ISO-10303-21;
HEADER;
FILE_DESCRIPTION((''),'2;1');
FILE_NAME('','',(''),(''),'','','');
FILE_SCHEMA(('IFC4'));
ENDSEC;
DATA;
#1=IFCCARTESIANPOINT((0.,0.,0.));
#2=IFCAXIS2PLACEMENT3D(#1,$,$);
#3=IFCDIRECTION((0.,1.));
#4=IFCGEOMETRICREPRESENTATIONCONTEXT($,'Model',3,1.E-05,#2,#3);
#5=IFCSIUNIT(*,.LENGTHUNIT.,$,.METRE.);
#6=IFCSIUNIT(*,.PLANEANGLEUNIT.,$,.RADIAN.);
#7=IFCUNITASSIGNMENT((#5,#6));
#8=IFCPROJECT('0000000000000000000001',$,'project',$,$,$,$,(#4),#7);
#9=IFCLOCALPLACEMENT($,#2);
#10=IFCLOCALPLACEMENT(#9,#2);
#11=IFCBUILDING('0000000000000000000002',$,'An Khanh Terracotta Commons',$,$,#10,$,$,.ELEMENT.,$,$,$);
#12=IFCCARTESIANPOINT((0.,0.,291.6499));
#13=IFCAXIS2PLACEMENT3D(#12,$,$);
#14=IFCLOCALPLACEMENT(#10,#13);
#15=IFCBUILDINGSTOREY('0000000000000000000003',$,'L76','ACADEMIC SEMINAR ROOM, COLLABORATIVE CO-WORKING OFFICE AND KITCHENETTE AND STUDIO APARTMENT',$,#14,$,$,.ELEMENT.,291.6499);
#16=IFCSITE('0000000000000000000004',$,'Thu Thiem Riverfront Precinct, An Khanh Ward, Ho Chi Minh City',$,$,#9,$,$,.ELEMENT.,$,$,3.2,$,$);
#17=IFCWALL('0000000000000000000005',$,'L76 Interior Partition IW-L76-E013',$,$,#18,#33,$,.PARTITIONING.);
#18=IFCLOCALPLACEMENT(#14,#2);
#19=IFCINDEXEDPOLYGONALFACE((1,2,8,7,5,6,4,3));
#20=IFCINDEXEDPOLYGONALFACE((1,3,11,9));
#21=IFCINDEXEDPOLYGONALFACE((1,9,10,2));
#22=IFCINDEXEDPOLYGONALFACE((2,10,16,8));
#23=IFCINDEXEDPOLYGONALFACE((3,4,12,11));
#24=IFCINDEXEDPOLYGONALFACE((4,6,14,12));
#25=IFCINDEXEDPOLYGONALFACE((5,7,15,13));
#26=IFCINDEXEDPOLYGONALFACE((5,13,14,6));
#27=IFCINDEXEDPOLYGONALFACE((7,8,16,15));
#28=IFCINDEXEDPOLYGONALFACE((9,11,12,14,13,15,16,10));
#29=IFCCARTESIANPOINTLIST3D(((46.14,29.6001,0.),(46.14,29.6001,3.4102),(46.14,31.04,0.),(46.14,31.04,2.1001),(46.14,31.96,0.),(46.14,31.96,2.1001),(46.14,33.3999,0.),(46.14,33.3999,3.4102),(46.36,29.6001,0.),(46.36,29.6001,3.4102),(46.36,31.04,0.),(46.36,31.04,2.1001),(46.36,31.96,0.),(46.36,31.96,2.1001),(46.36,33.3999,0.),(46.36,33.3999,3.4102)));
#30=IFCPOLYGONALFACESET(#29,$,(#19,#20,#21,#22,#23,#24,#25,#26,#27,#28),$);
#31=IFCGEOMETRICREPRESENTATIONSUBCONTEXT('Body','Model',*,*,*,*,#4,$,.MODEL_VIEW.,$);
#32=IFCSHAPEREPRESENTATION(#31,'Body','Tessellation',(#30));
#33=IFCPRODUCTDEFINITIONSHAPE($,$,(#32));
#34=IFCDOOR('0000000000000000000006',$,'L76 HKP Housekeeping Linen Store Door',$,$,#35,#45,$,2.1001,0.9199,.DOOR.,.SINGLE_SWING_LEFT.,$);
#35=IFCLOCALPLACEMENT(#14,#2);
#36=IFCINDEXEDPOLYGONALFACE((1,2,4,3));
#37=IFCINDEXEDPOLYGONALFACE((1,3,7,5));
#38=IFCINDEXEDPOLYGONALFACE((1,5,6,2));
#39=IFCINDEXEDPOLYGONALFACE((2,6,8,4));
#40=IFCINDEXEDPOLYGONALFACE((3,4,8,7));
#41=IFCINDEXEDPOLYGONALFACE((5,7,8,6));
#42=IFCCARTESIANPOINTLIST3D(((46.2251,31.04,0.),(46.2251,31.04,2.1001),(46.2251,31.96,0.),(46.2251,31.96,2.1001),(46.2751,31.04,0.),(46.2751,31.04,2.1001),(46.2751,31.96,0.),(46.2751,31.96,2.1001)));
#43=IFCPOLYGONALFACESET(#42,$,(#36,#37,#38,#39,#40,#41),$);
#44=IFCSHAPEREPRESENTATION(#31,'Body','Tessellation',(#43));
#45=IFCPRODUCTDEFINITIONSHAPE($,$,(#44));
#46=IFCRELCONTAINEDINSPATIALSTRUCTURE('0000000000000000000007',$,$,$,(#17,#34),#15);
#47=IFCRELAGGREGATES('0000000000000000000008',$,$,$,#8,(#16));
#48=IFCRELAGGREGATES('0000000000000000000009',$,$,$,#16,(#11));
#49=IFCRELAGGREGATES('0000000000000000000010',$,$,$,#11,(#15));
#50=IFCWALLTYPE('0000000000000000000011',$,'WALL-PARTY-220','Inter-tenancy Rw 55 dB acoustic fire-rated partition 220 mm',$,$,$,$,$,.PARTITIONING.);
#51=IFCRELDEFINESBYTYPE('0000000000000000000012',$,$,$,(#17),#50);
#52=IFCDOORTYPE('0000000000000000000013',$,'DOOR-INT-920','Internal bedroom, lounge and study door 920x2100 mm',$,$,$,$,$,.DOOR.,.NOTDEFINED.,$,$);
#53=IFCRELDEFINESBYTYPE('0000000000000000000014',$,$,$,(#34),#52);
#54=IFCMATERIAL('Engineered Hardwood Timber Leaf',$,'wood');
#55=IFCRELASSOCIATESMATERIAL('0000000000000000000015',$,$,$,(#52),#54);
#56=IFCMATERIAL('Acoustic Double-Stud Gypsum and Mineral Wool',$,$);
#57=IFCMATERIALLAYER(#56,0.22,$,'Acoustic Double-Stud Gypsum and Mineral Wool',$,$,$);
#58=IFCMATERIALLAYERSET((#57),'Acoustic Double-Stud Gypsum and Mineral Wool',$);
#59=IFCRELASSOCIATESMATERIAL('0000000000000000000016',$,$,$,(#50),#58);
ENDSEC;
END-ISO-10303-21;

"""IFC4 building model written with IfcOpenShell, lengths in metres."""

from ifc_helpers import new_model, si_unit, direction, frame, frame_2d, origin, place, context, subcontext, project, spatial, rectangle, extrude, material, layer, layer_set, type_object, element, fill, save


model = new_model("IFC4")

# Units and contexts
model_context = context("Model", 3, precision=1e-05, world=origin(), true_north=direction((0.0, 1.0)))
body_context = subcontext(model_context, "Body", "Model", "MODEL_VIEW")
ifc_project = project(units=[si_unit("LENGTHUNIT", "METRE"), si_unit("PLANEANGLEUNIT", "RADIAN")], contexts=[model_context])

# Site, building, storey
site_placement = place(None, origin())
site = spatial("IfcSite", under=ifc_project, at=site_placement, Name="Thu Thiem Riverfront Precinct, An Khanh Ward, Ho Chi Minh City", CompositionType="ELEMENT", RefElevation=3.2)
building_placement = place(site_placement, origin())
building = spatial("IfcBuilding", under=site, at=building_placement, Name="An Khanh Terracotta Commons", CompositionType="ELEMENT")
storey_placement = place(building_placement, frame((0.0, 0.0, 291.6499)))
storey = spatial("IfcBuildingStorey", under=building, at=storey_placement, Name="L76", Description="ACADEMIC SEMINAR ROOM, COLLABORATIVE CO-WORKING OFFICE AND KITCHENETTE AND STUDIO APARTMENT", CompositionType="ELEMENT", Elevation=291.6499)

# Shared definitions
ifc_material_1 = material(Name="Engineered Hardwood Timber Leaf", Category="wood")
door_type_1 = type_object("IfcDoorType", Name="DOOR-INT-920", Description="Internal bedroom, lounge and study door 920x2100 mm", OperationType="NOTDEFINED", PredefinedType="DOOR", material=ifc_material_1)

# Shared definitions
ifc_material_2 = material(Name="Acoustic Double-Stud Gypsum and Mineral Wool")
ifc_layer_1 = layer(ifc_material_2, 0.22, Name="Acoustic Double-Stud Gypsum and Mineral Wool")
ifc_layer_set_1 = layer_set([ifc_layer_1], Name="Acoustic Double-Stud Gypsum and Mineral Wool")
wall_type_1 = type_object("IfcWallType", Name="WALL-PARTY-220", Description="Inter-tenancy Rw 55 dB acoustic fire-rated partition 220 mm", PredefinedType="PARTITIONING", material=ifc_layer_set_1)

# Wall, opening, door
wall_1_placement = place(storey_placement, frame((46.25, 29.6001, 0.0), z_axis=(0.0, 0.0, 1.0), x_axis=(0.0, 1.0, 0.0)))
wall_1 = element("IfcWall", 1, at=wall_1_placement, inside=storey, type_object=wall_type_1, Name="L76 Interior Partition IW-L76-E013", PredefinedType="PARTITIONING", context=body_context, shape_type="SweptSolid", body=[
    extrude(rectangle(XDim=3.7998, YDim=0.22, at=frame_2d((1.8999, 0.0))), origin(), (0.0, 0.0, 1.0), 3.4102),
])
opening_1_placement = place(wall_1_placement, frame((1.4399, 0.0, 0.0)))
opening_1 = element("IfcOpeningElement", 2, at=opening_1_placement, cuts=wall_1, PredefinedType="OPENING", context=body_context, shape_type="SweptSolid", body=[
    extrude(rectangle(XDim=0.9199, YDim=2.1001, at=frame_2d((0.46, 1.05))), frame((0.0, 0.1199, 0.0), z_axis=(0.0, -1.0, 0.0), x_axis=(1.0, 0.0, 0.0)), (0.0, 0.0, 1.0), 0.24),
])
door_1_placement = place(opening_1_placement, origin())
door_1 = element("IfcDoor", 3, at=door_1_placement, inside=storey, type_object=door_type_1, Name="L76 HKP Housekeeping Linen Store Door", OperationType="SINGLE_SWING_LEFT", OverallHeight=2.1001, OverallWidth=0.9199, PredefinedType="DOOR", context=body_context, shape_type="SweptSolid", body=[
    extrude(rectangle(XDim=0.9199, YDim=2.1001, at=frame_2d((0.46, 1.05))), frame((0.0, 0.0249, 0.0), z_axis=(0.0, -1.0, 0.0), x_axis=(1.0, 0.0, 0.0)), (0.0, 0.0, 1.0), 0.05),
])
fill(opening_1, door_1)

save(model, "model.ifc")
